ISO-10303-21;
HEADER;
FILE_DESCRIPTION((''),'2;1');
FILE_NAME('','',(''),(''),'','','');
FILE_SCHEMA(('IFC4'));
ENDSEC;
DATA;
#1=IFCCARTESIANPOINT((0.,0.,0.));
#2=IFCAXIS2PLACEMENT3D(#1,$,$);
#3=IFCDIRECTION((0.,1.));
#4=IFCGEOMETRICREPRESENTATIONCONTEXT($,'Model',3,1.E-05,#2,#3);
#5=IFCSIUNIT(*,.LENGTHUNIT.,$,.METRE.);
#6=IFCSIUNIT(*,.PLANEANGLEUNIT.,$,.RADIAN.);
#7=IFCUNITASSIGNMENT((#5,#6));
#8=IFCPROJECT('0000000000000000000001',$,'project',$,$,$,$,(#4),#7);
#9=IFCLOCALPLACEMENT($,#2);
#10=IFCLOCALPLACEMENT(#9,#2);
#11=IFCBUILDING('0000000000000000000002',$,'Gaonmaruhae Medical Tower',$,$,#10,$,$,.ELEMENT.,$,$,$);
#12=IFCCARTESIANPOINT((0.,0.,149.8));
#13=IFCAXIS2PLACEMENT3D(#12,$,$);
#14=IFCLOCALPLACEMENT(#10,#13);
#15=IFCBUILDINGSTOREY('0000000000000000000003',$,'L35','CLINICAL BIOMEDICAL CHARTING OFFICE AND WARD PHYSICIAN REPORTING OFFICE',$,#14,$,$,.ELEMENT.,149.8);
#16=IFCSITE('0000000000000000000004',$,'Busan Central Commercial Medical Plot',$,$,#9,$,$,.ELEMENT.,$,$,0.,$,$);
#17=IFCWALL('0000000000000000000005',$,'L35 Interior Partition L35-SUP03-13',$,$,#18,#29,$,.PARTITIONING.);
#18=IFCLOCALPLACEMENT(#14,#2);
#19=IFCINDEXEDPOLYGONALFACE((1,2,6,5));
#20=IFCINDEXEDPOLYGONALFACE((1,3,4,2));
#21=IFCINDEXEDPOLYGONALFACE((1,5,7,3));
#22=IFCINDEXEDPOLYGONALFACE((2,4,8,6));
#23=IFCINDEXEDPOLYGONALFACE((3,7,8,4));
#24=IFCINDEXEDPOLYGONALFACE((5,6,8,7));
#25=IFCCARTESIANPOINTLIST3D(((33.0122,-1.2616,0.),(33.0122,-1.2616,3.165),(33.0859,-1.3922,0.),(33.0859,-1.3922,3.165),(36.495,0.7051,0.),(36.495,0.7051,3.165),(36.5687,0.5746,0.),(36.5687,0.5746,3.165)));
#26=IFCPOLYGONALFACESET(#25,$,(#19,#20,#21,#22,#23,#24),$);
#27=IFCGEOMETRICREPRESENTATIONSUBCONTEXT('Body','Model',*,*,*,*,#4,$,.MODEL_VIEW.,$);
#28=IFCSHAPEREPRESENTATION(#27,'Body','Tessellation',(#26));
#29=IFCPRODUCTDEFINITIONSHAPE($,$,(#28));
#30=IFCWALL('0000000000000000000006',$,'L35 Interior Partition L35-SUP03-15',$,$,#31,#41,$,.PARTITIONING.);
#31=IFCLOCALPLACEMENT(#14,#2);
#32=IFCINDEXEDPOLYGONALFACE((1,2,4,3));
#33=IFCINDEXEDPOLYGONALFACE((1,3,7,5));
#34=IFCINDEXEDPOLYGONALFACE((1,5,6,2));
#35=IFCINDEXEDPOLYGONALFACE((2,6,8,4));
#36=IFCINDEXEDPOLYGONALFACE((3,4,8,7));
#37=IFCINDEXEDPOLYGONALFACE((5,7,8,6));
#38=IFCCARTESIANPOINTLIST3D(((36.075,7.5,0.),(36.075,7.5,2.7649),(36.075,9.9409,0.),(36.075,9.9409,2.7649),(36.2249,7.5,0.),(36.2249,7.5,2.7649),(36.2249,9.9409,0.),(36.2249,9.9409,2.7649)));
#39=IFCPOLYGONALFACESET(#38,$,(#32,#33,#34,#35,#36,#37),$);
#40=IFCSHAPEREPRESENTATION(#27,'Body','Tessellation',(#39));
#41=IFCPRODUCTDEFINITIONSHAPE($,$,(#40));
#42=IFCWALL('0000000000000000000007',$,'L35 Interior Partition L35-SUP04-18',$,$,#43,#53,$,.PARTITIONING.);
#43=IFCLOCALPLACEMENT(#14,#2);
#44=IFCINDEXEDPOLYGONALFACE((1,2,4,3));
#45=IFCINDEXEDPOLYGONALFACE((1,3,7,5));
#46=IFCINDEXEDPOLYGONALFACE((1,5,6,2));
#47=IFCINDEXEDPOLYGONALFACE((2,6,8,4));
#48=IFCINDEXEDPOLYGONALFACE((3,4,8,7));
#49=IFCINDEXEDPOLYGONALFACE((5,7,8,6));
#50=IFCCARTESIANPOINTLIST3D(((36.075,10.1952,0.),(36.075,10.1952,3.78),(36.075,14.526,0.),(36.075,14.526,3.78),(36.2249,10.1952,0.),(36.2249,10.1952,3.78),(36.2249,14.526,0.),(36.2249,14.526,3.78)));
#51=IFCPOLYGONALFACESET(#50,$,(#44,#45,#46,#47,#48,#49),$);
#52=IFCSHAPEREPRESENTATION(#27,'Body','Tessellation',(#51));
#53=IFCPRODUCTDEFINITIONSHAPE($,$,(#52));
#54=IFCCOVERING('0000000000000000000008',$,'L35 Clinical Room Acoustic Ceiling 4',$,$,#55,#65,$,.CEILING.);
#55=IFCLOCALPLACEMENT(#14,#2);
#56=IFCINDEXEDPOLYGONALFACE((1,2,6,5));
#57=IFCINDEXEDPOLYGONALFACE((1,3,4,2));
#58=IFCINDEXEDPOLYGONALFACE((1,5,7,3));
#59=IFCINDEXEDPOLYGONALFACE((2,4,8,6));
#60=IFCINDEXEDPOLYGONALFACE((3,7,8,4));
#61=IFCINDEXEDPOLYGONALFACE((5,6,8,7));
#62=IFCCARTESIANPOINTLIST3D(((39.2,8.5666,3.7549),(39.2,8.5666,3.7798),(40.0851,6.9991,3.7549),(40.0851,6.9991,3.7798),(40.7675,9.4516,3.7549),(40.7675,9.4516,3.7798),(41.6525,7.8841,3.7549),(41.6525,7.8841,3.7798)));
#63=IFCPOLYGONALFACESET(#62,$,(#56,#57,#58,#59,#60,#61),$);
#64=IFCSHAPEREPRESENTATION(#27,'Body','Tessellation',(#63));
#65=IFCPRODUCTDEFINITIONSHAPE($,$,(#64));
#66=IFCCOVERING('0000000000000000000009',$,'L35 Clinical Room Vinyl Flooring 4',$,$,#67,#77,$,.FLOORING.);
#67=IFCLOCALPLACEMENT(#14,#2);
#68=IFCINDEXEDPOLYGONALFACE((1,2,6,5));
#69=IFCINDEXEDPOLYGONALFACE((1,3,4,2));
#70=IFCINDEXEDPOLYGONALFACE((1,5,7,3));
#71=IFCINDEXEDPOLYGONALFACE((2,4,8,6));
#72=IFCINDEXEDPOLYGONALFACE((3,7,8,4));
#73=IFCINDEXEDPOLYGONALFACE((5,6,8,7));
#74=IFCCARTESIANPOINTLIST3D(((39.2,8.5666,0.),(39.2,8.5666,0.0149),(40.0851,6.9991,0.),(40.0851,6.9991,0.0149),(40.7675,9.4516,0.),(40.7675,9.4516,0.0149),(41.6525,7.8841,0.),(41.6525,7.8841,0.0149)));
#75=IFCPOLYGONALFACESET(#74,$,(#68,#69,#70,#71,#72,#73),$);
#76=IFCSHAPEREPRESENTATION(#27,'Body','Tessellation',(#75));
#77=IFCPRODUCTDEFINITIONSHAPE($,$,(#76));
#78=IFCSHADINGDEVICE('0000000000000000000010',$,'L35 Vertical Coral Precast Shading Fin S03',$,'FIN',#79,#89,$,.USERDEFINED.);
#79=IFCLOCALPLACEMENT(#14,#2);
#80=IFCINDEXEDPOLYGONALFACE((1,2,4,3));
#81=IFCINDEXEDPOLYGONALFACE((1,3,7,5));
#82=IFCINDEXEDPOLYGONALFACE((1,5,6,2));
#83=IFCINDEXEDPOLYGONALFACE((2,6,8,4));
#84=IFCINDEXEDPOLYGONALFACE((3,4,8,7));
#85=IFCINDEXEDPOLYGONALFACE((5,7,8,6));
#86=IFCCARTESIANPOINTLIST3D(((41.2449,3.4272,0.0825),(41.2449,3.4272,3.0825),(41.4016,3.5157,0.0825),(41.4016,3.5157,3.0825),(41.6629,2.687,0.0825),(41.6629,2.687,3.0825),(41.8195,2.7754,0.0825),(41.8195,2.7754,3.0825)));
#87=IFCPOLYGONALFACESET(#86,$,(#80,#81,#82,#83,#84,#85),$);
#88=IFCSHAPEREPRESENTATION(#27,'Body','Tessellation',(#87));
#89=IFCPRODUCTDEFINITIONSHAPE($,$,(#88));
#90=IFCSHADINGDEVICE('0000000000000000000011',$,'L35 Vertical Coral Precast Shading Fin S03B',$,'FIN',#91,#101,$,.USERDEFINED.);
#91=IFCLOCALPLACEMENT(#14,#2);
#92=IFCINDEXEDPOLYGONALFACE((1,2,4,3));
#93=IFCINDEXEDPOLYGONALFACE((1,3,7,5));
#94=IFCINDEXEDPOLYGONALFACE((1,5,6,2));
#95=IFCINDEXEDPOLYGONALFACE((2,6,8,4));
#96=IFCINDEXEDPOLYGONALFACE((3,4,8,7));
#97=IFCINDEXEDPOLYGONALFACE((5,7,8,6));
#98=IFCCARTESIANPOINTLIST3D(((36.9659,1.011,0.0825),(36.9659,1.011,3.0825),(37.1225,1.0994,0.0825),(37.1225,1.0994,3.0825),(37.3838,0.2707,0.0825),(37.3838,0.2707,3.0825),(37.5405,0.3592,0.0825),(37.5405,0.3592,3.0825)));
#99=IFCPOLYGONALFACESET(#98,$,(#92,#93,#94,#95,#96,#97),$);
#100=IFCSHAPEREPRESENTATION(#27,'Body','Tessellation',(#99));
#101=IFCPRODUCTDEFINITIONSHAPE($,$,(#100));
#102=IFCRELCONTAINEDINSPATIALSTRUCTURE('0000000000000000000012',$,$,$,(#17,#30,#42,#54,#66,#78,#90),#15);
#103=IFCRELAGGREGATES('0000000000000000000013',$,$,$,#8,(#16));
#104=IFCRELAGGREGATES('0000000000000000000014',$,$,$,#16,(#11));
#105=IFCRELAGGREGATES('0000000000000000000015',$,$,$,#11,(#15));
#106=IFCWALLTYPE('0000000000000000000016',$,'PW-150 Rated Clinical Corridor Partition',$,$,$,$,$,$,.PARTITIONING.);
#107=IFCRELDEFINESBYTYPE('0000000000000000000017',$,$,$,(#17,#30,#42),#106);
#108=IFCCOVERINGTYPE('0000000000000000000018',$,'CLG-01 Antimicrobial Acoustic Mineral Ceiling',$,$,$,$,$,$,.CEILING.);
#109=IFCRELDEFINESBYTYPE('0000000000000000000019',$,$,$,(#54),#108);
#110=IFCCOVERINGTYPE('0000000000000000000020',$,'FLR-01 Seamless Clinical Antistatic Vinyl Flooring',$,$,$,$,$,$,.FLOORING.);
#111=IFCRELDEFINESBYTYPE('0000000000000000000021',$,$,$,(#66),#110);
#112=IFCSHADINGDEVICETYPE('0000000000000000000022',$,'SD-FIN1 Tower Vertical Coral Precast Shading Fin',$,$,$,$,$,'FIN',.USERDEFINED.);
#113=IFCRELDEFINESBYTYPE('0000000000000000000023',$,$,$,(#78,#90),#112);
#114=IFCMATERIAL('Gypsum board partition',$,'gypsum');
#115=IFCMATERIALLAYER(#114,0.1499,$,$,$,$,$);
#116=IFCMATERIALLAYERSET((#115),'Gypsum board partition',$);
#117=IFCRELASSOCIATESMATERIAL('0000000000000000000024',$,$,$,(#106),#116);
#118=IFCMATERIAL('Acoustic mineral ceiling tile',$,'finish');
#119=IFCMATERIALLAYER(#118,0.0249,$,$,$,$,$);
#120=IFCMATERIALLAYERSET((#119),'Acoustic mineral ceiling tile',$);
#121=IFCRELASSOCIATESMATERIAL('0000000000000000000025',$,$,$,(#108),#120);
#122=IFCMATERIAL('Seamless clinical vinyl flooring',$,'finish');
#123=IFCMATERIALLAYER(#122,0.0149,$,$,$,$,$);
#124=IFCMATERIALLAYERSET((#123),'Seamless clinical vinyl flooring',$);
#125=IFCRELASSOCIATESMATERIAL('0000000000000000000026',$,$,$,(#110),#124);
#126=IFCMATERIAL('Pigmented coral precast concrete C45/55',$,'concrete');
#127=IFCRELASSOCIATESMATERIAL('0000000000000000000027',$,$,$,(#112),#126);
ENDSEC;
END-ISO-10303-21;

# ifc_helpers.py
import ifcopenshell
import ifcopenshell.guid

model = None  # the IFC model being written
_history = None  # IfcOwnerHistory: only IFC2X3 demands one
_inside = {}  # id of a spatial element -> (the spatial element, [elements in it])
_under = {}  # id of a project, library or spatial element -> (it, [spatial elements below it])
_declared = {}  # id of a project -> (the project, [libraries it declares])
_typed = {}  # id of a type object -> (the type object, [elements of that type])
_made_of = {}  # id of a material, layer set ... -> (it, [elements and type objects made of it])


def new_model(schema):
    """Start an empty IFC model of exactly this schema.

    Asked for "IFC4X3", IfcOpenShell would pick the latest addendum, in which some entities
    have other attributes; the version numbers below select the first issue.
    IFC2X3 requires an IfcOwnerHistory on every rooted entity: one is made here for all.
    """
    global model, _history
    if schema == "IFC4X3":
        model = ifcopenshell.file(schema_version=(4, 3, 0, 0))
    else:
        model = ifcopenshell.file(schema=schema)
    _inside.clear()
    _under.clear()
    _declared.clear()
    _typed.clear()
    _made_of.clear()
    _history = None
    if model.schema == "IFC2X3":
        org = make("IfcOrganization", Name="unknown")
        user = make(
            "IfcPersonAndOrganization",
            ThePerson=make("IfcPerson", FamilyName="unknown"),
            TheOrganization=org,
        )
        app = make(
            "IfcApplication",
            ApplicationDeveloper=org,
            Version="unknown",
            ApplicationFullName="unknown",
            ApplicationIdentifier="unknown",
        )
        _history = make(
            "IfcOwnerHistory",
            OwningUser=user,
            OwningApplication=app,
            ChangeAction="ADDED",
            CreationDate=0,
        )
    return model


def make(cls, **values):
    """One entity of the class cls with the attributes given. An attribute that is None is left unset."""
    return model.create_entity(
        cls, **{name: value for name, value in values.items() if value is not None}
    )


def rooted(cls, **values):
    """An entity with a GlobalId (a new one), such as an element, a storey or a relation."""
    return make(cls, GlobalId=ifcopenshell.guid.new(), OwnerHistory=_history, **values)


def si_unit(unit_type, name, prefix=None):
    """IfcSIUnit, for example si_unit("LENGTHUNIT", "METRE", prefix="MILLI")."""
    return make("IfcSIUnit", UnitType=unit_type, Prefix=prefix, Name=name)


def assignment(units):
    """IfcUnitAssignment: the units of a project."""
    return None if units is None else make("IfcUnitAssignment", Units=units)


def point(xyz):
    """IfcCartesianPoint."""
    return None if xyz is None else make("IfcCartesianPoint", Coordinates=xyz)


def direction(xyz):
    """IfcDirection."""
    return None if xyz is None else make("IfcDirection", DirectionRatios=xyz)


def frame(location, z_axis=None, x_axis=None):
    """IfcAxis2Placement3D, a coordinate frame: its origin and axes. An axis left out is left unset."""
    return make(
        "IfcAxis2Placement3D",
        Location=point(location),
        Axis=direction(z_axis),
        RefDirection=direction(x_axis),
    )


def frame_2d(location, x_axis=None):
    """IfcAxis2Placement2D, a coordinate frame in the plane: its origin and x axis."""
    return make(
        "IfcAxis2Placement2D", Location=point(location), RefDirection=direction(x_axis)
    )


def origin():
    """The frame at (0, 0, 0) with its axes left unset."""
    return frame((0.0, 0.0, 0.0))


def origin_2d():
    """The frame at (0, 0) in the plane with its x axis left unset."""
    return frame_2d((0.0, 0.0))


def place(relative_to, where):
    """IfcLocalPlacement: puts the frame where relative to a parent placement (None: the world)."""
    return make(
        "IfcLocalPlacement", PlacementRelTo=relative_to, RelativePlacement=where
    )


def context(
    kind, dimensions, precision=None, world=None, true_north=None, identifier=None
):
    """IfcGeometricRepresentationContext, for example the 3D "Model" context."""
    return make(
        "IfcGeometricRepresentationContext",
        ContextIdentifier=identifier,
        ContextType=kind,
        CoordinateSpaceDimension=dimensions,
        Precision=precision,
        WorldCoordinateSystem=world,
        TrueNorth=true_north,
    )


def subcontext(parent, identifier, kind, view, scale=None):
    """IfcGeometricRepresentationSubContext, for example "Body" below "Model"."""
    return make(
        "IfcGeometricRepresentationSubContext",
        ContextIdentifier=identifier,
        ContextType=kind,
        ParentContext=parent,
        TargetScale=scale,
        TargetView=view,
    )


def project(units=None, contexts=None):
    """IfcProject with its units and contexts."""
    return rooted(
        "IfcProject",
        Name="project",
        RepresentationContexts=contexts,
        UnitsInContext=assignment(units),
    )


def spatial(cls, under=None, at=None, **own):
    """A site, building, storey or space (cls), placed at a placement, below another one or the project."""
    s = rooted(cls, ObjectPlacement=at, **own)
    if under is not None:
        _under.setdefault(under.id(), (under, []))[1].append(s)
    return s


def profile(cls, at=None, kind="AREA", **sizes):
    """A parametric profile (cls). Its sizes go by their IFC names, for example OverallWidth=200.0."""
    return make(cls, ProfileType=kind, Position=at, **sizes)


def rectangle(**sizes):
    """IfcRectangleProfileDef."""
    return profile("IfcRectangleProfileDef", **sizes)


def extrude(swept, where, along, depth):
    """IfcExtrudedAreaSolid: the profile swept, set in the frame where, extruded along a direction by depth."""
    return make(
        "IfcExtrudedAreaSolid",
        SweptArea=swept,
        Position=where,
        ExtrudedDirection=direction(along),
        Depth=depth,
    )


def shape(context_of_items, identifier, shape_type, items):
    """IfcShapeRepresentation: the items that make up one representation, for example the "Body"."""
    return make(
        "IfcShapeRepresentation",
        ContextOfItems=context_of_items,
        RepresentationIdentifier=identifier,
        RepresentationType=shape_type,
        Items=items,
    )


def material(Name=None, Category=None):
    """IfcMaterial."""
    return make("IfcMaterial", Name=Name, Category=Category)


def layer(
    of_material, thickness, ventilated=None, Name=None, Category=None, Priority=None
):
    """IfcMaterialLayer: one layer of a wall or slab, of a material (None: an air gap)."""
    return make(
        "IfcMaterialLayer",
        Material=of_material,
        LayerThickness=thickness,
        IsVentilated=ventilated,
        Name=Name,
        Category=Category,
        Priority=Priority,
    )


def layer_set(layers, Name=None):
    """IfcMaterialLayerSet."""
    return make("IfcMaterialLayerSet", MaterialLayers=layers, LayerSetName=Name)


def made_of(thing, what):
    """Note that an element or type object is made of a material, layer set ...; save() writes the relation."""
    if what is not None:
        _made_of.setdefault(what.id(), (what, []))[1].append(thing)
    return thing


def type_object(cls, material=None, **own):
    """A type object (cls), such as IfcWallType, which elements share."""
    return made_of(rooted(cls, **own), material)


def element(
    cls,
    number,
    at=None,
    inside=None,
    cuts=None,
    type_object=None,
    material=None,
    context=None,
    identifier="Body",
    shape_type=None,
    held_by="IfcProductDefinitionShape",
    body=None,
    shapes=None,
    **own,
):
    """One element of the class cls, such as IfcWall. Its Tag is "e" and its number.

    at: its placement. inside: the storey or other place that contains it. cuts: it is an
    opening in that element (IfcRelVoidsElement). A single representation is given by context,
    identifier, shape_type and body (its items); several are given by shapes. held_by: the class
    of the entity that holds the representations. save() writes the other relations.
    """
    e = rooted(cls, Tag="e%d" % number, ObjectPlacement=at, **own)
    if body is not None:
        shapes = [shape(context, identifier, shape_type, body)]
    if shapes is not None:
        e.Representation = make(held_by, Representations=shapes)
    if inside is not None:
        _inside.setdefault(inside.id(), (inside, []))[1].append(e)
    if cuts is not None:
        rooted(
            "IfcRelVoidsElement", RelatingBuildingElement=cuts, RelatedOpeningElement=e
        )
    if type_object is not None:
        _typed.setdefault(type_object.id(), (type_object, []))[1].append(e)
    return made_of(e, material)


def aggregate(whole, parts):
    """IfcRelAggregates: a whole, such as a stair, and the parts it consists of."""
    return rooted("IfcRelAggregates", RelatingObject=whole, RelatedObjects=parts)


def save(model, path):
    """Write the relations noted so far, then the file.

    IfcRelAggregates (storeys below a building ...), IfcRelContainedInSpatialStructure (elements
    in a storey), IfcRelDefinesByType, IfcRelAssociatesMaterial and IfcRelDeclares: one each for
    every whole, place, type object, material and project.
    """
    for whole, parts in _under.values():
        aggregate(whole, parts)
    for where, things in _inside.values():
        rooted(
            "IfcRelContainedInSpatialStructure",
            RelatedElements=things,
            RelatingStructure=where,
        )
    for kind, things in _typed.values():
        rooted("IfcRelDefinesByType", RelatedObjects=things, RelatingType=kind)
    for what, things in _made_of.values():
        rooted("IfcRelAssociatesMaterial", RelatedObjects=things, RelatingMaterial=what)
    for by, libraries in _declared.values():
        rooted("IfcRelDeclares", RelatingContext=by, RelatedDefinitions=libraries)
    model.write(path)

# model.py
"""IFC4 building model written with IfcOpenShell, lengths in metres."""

from ifc_helpers import new_model, si_unit, direction, frame, frame_2d, origin, origin_2d, place, context, subcontext, project, spatial, rectangle, extrude, material, layer, layer_set, type_object, element, save


model = new_model("IFC4")

# Units and contexts
model_context = context("Model", 3, precision=1e-05, world=origin(), true_north=direction((0.0, 1.0)))
body_context = subcontext(model_context, "Body", "Model", "MODEL_VIEW")
ifc_project = project(units=[si_unit("LENGTHUNIT", "METRE"), si_unit("PLANEANGLEUNIT", "RADIAN")], contexts=[model_context])

# Site, building, storey
site_placement = place(None, origin())
site = spatial("IfcSite", under=ifc_project, at=site_placement, Name="Busan Central Commercial Medical Plot", CompositionType="ELEMENT", RefElevation=0.0)
building_placement = place(site_placement, origin())
building = spatial("IfcBuilding", under=site, at=building_placement, Name="Gaonmaruhae Medical Tower", CompositionType="ELEMENT")
storey_placement = place(building_placement, frame((0.0, 0.0, 149.8)))
storey = spatial("IfcBuildingStorey", under=building, at=storey_placement, Name="L35", Description="CLINICAL BIOMEDICAL CHARTING OFFICE AND WARD PHYSICIAN REPORTING OFFICE", CompositionType="ELEMENT", Elevation=149.8)

# Shared definitions
ifc_material_1 = material(Name="Gypsum board partition", Category="gypsum")
ifc_layer_1 = layer(ifc_material_1, 0.1499)
ifc_layer_set_1 = layer_set([ifc_layer_1], Name="Gypsum board partition")
wall_type_1 = type_object("IfcWallType", Name="PW-150 Rated Clinical Corridor Partition", PredefinedType="PARTITIONING", material=ifc_layer_set_1)

# Walls
wall_1_placement = place(storey_placement, frame((36.532, 0.6399, 0.0), z_axis=(0.0, 0.0, 1.0), x_axis=(-0.870756, -0.491715, 0.0)))
element("IfcWall", 1, at=wall_1_placement, inside=storey, type_object=wall_type_1, Name="L35 Interior Partition L35-SUP03-13", PredefinedType="PARTITIONING", context=body_context, shape_type="SweptSolid", body=[
    extrude(rectangle(XDim=3.9998, YDim=0.1499, at=frame_2d((2.0, 0.0))), origin(), (0.0, 0.0, 1.0), 3.165),
])
wall_2_placement = place(storey_placement, frame((36.1499, 7.5, 0.0), z_axis=(0.0, 0.0, 1.0), x_axis=(0.0, 1.0, 0.0)))
element("IfcWall", 2, at=wall_2_placement, inside=storey, type_object=wall_type_1, Name="L35 Interior Partition L35-SUP03-15", PredefinedType="PARTITIONING", context=body_context, shape_type="SweptSolid", body=[
    extrude(rectangle(XDim=2.4409, YDim=0.1499, at=frame_2d((1.2205, 0.0))), origin(), (0.0, 0.0, 1.0), 2.7649),
])
wall_3_placement = place(storey_placement, frame((36.1499, 10.1951, 0.0), z_axis=(0.0, 0.0, 1.0), x_axis=(0.0, 1.0, 0.0)))
element("IfcWall", 3, at=wall_3_placement, inside=storey, type_object=wall_type_1, Name="L35 Interior Partition L35-SUP04-18", PredefinedType="PARTITIONING", context=body_context, shape_type="SweptSolid", body=[
    extrude(rectangle(XDim=4.3308, YDim=0.1499, at=frame_2d((2.1655, 0.0))), origin(), (0.0, 0.0, 1.0), 3.78),
])

# Coverings
ifc_material_2 = material(Name="Acoustic mineral ceiling tile", Category="finish")
ifc_layer_2 = layer(ifc_material_2, 0.0249)
ifc_layer_set_2 = layer_set([ifc_layer_2], Name="Acoustic mineral ceiling tile")
covering_type_1 = type_object("IfcCoveringType", Name="CLG-01 Antimicrobial Acoustic Mineral Ceiling", PredefinedType="CEILING", material=ifc_layer_set_2)
covering_1_placement = place(storey_placement, frame((40.4263, 8.2253, 3.7549), z_axis=(0.0, 0.0, 1.0), x_axis=(0.870785, 0.491664, 0.0)))
element("IfcCovering", 4, at=covering_1_placement, inside=storey, type_object=covering_type_1, Name="L35 Clinical Room Acoustic Ceiling 4", PredefinedType="CEILING", context=body_context, shape_type="SweptSolid", body=[
    extrude(rectangle(XDim=1.8, YDim=1.8, at=origin_2d()), origin(), (0.0, 0.0, 1.0), 0.0249),
])
ifc_material_3 = material(Name="Seamless clinical vinyl flooring", Category="finish")
ifc_layer_3 = layer(ifc_material_3, 0.0149)
ifc_layer_set_3 = layer_set([ifc_layer_3], Name="Seamless clinical vinyl flooring")
covering_type_2 = type_object("IfcCoveringType", Name="FLR-01 Seamless Clinical Antistatic Vinyl Flooring", PredefinedType="FLOORING", material=ifc_layer_set_3)
covering_2_placement = place(storey_placement, frame((40.4263, 8.2253, 0.0), z_axis=(0.0, 0.0, 1.0), x_axis=(0.870785, 0.491664, 0.0)))
element("IfcCovering", 5, at=covering_2_placement, inside=storey, type_object=covering_type_2, Name="L35 Clinical Room Vinyl Flooring 4", PredefinedType="FLOORING", context=body_context, shape_type="SweptSolid", body=[
    extrude(rectangle(XDim=1.8, YDim=1.8, at=origin_2d()), origin(), (0.0, 0.0, 1.0), 0.0149),
])

# Shading devices
ifc_material_4 = material(Name="Pigmented coral precast concrete C45/55", Category="concrete")
shading_device_type = type_object("IfcShadingDeviceType", Name="SD-FIN1 Tower Vertical Coral Precast Shading Fin", ElementType="FIN", PredefinedType="USERDEFINED", material=ifc_material_4)
for number, where, z_axis, x_axis, name in (
    (6, (41.5322, 3.1013, 0.0825), (0.0, 0.0, 1.0), (-0.870785, -0.491664, 0.0), "L35 Vertical Coral Precast Shading Fin S03"),
    (7, (37.2532, 0.6851, 0.0825), (0.0, 0.0, 1.0), (-0.870785, -0.491664, 0.0), "L35 Vertical Coral Precast Shading Fin S03B"),
):
    element("IfcShadingDevice", number, at=place(storey_placement, frame(where, z_axis=z_axis, x_axis=x_axis)), inside=storey, type_object=shading_device_type, Name=name, ObjectType="FIN", PredefinedType="USERDEFINED", context=body_context, shape_type="SweptSolid", body=[
        extrude(rectangle(XDim=0.1799, YDim=0.8501, at=origin_2d()), origin(), (0.0, 0.0, 1.0), 3.0),
    ])

save(model, "model.ifc")
